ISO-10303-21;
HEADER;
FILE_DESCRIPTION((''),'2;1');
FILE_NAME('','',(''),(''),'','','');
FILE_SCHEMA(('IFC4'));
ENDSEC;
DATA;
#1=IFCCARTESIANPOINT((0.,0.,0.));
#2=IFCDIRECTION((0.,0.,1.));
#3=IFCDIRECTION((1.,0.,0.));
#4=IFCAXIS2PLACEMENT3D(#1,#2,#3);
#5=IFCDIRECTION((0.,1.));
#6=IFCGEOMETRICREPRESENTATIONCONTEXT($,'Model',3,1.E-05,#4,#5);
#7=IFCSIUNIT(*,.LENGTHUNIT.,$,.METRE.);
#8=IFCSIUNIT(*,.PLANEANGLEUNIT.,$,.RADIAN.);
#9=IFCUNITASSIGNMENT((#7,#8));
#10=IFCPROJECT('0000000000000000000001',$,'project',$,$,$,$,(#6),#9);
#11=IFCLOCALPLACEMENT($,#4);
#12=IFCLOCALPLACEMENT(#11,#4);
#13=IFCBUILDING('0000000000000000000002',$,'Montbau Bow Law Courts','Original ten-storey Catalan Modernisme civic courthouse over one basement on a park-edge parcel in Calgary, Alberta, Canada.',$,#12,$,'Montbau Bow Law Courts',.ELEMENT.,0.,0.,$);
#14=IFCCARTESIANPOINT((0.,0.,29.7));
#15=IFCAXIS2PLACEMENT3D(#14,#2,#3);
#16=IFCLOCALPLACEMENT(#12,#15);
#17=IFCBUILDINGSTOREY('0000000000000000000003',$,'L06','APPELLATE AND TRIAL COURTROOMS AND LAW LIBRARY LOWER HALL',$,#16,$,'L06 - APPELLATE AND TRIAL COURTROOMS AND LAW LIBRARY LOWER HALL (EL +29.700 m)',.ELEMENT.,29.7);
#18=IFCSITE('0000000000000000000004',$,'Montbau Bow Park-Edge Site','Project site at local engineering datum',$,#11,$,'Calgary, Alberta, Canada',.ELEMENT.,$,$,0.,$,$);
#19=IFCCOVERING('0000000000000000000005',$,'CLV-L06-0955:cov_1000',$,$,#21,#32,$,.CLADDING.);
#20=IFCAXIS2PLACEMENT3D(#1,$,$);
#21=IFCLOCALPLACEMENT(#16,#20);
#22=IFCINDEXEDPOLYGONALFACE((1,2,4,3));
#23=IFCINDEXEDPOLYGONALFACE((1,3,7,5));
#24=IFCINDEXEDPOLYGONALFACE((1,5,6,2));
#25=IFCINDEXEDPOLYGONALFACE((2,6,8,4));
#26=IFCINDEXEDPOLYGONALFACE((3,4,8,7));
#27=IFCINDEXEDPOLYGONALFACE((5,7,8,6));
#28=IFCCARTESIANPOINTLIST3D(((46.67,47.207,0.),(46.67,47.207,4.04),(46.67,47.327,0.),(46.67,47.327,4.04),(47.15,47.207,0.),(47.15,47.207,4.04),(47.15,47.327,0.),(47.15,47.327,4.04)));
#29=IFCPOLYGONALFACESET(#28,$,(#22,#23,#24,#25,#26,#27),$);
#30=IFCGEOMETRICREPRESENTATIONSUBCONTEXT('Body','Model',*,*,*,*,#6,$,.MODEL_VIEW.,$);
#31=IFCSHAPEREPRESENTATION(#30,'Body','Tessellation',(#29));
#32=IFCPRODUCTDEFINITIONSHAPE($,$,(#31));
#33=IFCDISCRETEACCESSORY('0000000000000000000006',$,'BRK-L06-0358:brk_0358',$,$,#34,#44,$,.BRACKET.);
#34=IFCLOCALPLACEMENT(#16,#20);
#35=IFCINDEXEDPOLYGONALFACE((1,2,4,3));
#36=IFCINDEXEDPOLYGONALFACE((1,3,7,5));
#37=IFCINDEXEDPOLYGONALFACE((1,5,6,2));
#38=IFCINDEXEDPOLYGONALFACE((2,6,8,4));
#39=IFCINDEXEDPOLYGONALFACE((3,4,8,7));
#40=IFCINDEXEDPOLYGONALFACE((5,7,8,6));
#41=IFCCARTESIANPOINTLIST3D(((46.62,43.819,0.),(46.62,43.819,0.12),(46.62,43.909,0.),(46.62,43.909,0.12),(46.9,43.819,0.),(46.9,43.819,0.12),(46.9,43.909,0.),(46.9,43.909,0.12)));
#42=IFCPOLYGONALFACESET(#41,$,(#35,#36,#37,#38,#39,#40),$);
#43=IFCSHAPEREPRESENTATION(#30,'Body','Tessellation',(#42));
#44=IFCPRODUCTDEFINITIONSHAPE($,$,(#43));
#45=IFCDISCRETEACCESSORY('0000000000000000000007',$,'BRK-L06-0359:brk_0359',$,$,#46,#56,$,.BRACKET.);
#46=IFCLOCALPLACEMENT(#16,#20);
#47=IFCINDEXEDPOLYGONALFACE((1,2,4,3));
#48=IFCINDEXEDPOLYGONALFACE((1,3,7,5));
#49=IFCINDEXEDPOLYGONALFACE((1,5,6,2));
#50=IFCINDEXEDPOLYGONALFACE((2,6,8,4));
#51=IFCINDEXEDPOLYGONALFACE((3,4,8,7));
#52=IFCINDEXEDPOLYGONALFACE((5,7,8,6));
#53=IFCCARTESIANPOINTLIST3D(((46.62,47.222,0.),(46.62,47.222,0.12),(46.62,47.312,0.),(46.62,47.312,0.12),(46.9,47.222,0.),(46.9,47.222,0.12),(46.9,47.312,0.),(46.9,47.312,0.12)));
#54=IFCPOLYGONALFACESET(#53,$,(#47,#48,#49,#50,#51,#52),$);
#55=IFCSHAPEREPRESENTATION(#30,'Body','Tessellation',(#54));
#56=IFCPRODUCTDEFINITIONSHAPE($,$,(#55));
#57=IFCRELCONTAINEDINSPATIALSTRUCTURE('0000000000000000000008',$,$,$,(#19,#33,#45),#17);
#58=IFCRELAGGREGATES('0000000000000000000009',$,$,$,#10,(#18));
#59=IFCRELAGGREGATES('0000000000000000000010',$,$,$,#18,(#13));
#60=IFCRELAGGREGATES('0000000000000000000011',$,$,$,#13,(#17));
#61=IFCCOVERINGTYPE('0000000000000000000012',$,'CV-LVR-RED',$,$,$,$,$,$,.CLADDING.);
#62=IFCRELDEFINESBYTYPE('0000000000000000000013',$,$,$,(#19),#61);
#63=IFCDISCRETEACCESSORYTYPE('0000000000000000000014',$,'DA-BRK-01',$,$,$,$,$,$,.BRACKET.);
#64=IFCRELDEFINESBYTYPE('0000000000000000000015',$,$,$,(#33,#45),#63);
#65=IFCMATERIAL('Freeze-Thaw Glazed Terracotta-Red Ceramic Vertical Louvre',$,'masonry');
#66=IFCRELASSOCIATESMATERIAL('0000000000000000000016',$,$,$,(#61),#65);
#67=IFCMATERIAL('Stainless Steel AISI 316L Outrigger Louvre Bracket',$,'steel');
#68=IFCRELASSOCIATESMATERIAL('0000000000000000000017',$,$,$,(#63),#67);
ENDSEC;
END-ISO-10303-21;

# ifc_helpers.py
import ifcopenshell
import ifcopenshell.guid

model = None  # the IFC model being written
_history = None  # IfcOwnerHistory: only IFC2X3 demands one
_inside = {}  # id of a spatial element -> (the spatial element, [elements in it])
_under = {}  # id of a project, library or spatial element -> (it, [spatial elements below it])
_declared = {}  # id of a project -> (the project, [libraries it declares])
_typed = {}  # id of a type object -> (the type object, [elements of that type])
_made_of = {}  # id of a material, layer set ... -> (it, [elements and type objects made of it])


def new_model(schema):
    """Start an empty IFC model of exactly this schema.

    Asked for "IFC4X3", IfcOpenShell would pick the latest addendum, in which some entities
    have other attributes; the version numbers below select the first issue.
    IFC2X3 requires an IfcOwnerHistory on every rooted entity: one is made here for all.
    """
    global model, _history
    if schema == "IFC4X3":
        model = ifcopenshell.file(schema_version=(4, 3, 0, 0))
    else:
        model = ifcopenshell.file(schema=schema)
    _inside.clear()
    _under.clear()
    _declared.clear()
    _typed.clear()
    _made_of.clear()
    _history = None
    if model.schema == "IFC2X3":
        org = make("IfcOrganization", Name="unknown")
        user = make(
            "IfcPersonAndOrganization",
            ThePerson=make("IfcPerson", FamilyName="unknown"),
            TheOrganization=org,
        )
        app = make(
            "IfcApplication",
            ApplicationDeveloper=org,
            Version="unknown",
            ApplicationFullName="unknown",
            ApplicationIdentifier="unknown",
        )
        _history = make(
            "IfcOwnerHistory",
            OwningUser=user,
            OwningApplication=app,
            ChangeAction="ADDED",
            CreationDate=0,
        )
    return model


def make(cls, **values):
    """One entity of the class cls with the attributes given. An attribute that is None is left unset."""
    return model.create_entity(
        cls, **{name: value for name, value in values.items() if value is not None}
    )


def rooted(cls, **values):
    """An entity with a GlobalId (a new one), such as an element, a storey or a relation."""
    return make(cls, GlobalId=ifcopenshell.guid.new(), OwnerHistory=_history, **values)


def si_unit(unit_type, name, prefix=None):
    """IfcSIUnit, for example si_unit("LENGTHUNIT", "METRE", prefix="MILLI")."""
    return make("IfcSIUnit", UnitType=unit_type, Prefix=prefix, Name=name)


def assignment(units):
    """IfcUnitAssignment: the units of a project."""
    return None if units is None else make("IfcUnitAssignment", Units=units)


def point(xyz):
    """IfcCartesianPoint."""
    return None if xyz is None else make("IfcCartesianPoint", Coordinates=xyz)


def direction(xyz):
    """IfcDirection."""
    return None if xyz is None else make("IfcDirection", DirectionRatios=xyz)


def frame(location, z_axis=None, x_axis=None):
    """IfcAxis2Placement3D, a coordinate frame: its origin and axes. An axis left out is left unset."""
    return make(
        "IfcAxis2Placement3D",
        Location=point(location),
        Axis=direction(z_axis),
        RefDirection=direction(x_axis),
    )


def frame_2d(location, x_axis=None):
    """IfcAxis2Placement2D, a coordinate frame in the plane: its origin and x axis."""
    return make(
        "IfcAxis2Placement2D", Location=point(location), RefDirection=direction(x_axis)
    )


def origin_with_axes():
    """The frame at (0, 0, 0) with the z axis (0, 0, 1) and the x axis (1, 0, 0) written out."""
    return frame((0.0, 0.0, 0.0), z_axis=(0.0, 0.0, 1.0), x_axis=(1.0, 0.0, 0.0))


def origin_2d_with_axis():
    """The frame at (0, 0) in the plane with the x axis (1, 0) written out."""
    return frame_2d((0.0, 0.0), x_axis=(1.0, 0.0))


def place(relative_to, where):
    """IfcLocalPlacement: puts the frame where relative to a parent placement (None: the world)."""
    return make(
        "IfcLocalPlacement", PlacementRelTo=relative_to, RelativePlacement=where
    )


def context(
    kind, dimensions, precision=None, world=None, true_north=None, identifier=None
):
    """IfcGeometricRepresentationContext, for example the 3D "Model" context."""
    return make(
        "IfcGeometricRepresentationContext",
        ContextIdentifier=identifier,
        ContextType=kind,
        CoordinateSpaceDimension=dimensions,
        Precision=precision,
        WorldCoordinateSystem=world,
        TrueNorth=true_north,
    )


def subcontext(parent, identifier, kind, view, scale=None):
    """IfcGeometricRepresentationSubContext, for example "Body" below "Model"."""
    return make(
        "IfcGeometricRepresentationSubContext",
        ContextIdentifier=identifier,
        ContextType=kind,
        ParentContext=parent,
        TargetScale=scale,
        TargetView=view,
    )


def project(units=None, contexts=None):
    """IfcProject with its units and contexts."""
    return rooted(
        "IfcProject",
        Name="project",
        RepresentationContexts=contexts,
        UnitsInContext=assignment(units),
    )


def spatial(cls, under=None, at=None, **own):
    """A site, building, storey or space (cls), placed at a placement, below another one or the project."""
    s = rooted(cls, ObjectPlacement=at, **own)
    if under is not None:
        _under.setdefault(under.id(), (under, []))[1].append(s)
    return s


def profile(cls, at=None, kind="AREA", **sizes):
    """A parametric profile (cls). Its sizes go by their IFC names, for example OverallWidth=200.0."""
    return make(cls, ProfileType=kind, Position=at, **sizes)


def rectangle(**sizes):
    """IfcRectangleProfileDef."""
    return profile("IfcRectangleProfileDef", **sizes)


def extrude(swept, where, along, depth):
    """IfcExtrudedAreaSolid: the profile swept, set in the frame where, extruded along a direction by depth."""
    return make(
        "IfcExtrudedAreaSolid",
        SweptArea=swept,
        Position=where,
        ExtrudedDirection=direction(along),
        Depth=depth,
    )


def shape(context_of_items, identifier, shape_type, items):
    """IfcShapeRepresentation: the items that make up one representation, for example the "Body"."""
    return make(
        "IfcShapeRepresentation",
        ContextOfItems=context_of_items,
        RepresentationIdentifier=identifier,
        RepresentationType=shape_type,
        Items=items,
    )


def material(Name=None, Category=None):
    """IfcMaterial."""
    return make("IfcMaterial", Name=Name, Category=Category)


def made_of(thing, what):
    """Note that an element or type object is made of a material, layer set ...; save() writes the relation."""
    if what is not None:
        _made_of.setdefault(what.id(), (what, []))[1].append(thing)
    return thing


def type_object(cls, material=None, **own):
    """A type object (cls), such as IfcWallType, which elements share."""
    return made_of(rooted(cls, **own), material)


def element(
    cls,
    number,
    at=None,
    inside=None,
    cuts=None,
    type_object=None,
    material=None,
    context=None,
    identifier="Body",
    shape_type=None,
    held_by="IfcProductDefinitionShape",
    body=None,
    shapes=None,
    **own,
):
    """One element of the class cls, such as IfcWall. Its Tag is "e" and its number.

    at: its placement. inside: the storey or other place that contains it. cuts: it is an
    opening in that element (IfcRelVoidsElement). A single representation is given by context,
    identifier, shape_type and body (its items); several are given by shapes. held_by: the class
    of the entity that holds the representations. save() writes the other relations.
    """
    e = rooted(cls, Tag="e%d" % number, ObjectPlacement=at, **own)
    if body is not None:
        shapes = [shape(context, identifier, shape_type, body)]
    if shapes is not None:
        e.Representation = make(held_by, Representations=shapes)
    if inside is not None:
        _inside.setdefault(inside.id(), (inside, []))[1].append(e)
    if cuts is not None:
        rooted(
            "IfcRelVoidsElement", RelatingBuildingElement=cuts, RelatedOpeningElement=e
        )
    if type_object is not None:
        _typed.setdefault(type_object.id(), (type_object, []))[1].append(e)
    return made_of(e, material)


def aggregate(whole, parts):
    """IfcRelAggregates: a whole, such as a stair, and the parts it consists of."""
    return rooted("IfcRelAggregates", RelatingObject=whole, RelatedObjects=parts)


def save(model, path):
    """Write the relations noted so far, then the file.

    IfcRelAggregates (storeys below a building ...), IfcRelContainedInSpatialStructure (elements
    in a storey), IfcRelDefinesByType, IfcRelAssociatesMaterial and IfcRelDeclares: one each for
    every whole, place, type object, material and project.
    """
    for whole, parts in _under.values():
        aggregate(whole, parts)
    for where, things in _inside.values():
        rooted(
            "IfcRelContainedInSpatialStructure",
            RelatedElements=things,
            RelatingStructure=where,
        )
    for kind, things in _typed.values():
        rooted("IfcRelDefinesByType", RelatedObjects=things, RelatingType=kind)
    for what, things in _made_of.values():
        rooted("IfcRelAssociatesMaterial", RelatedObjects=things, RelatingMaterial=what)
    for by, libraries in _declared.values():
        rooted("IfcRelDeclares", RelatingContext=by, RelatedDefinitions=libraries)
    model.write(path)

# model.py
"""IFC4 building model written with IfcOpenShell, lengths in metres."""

from ifc_helpers import new_model, si_unit, direction, frame, frame_2d, origin_with_axes, origin_2d_with_axis, place, context, subcontext, project, spatial, rectangle, extrude, material, type_object, element, save


model = new_model("IFC4")

# Units and contexts
model_context = context("Model", 3, precision=1e-05, world=origin_with_axes(), true_north=direction((0.0, 1.0)))
body_context = subcontext(model_context, "Body", "Model", "MODEL_VIEW")
ifc_project = project(units=[si_unit("LENGTHUNIT", "METRE"), si_unit("PLANEANGLEUNIT", "RADIAN")], contexts=[model_context])

# Site, building, storey
site_placement = place(None, origin_with_axes())
site = spatial("IfcSite", under=ifc_project, at=site_placement, Name="Montbau Bow Park-Edge Site", Description="Project site at local engineering datum", LongName="Calgary, Alberta, Canada", CompositionType="ELEMENT", RefElevation=0.0)
building_placement = place(site_placement, origin_with_axes())
building = spatial("IfcBuilding", under=site, at=building_placement, Name="Montbau Bow Law Courts", Description="Original ten-storey Catalan Modernisme civic courthouse over one basement on a park-edge parcel in Calgary, Alberta, Canada.", LongName="Montbau Bow Law Courts", CompositionType="ELEMENT", ElevationOfRefHeight=0.0, ElevationOfTerrain=0.0)
storey_placement = place(building_placement, frame((0.0, 0.0, 29.7), z_axis=(0.0, 0.0, 1.0), x_axis=(1.0, 0.0, 0.0)))
storey = spatial("IfcBuildingStorey", under=building, at=storey_placement, Name="L06", Description="APPELLATE AND TRIAL COURTROOMS AND LAW LIBRARY LOWER HALL", LongName="L06 - APPELLATE AND TRIAL COURTROOMS AND LAW LIBRARY LOWER HALL (EL +29.700 m)", CompositionType="ELEMENT", Elevation=29.7)

# Covering
ifc_material_1 = material(Name="Freeze-Thaw Glazed Terracotta-Red Ceramic Vertical Louvre", Category="masonry")
covering_type = type_object("IfcCoveringType", Name="CV-LVR-RED", PredefinedType="CLADDING", material=ifc_material_1)
for number, where, z_axis, x_axis, name in (
    (1, (46.67, 47.267, 29.7), (0.0, -1.0, 0.0), (1.0, 0.0, 0.0), "CLV-L06-0955:cov_1000"),
):
    element("IfcCovering", number, at=place(None, frame(where, z_axis=z_axis, x_axis=x_axis)), inside=storey, type_object=covering_type, Name=name, PredefinedType="CLADDING", context=body_context, shape_type="SweptSolid", body=[
        extrude(rectangle(XDim=0.48, YDim=4.04, at=frame_2d((0.24, 2.02), x_axis=(1.0, 0.0))), frame((0.0, 0.0, -0.06), z_axis=(0.0, 0.0, 1.0), x_axis=(1.0, 0.0, 0.0)), (0.0, 0.0, 1.0), 0.12),
    ])

# Discrete accessories
ifc_material_2 = material(Name="Stainless Steel AISI 316L Outrigger Louvre Bracket", Category="steel")
discrete_accessory_type = type_object("IfcDiscreteAccessoryType", Name="DA-BRK-01", PredefinedType="BRACKET", material=ifc_material_2)
for number, where, z_axis, x_axis, name in (
    (2, (46.76, 43.864, 29.7), (0.0, 0.0, 1.0), (1.0, 0.0, 0.0), "BRK-L06-0358:brk_0358"),
    (3, (46.76, 47.267, 29.7), (0.0, 0.0, 1.0), (1.0, 0.0, 0.0), "BRK-L06-0359:brk_0359"),
):
    element("IfcDiscreteAccessory", number, at=place(None, frame(where, z_axis=z_axis, x_axis=x_axis)), inside=storey, type_object=discrete_accessory_type, Name=name, PredefinedType="BRACKET", context=body_context, shape_type="SweptSolid", body=[
        extrude(rectangle(XDim=0.28, YDim=0.09, at=origin_2d_with_axis()), origin_with_axes(), (0.0, 0.0, 1.0), 0.12),
    ])

save(model, "model.ifc")
